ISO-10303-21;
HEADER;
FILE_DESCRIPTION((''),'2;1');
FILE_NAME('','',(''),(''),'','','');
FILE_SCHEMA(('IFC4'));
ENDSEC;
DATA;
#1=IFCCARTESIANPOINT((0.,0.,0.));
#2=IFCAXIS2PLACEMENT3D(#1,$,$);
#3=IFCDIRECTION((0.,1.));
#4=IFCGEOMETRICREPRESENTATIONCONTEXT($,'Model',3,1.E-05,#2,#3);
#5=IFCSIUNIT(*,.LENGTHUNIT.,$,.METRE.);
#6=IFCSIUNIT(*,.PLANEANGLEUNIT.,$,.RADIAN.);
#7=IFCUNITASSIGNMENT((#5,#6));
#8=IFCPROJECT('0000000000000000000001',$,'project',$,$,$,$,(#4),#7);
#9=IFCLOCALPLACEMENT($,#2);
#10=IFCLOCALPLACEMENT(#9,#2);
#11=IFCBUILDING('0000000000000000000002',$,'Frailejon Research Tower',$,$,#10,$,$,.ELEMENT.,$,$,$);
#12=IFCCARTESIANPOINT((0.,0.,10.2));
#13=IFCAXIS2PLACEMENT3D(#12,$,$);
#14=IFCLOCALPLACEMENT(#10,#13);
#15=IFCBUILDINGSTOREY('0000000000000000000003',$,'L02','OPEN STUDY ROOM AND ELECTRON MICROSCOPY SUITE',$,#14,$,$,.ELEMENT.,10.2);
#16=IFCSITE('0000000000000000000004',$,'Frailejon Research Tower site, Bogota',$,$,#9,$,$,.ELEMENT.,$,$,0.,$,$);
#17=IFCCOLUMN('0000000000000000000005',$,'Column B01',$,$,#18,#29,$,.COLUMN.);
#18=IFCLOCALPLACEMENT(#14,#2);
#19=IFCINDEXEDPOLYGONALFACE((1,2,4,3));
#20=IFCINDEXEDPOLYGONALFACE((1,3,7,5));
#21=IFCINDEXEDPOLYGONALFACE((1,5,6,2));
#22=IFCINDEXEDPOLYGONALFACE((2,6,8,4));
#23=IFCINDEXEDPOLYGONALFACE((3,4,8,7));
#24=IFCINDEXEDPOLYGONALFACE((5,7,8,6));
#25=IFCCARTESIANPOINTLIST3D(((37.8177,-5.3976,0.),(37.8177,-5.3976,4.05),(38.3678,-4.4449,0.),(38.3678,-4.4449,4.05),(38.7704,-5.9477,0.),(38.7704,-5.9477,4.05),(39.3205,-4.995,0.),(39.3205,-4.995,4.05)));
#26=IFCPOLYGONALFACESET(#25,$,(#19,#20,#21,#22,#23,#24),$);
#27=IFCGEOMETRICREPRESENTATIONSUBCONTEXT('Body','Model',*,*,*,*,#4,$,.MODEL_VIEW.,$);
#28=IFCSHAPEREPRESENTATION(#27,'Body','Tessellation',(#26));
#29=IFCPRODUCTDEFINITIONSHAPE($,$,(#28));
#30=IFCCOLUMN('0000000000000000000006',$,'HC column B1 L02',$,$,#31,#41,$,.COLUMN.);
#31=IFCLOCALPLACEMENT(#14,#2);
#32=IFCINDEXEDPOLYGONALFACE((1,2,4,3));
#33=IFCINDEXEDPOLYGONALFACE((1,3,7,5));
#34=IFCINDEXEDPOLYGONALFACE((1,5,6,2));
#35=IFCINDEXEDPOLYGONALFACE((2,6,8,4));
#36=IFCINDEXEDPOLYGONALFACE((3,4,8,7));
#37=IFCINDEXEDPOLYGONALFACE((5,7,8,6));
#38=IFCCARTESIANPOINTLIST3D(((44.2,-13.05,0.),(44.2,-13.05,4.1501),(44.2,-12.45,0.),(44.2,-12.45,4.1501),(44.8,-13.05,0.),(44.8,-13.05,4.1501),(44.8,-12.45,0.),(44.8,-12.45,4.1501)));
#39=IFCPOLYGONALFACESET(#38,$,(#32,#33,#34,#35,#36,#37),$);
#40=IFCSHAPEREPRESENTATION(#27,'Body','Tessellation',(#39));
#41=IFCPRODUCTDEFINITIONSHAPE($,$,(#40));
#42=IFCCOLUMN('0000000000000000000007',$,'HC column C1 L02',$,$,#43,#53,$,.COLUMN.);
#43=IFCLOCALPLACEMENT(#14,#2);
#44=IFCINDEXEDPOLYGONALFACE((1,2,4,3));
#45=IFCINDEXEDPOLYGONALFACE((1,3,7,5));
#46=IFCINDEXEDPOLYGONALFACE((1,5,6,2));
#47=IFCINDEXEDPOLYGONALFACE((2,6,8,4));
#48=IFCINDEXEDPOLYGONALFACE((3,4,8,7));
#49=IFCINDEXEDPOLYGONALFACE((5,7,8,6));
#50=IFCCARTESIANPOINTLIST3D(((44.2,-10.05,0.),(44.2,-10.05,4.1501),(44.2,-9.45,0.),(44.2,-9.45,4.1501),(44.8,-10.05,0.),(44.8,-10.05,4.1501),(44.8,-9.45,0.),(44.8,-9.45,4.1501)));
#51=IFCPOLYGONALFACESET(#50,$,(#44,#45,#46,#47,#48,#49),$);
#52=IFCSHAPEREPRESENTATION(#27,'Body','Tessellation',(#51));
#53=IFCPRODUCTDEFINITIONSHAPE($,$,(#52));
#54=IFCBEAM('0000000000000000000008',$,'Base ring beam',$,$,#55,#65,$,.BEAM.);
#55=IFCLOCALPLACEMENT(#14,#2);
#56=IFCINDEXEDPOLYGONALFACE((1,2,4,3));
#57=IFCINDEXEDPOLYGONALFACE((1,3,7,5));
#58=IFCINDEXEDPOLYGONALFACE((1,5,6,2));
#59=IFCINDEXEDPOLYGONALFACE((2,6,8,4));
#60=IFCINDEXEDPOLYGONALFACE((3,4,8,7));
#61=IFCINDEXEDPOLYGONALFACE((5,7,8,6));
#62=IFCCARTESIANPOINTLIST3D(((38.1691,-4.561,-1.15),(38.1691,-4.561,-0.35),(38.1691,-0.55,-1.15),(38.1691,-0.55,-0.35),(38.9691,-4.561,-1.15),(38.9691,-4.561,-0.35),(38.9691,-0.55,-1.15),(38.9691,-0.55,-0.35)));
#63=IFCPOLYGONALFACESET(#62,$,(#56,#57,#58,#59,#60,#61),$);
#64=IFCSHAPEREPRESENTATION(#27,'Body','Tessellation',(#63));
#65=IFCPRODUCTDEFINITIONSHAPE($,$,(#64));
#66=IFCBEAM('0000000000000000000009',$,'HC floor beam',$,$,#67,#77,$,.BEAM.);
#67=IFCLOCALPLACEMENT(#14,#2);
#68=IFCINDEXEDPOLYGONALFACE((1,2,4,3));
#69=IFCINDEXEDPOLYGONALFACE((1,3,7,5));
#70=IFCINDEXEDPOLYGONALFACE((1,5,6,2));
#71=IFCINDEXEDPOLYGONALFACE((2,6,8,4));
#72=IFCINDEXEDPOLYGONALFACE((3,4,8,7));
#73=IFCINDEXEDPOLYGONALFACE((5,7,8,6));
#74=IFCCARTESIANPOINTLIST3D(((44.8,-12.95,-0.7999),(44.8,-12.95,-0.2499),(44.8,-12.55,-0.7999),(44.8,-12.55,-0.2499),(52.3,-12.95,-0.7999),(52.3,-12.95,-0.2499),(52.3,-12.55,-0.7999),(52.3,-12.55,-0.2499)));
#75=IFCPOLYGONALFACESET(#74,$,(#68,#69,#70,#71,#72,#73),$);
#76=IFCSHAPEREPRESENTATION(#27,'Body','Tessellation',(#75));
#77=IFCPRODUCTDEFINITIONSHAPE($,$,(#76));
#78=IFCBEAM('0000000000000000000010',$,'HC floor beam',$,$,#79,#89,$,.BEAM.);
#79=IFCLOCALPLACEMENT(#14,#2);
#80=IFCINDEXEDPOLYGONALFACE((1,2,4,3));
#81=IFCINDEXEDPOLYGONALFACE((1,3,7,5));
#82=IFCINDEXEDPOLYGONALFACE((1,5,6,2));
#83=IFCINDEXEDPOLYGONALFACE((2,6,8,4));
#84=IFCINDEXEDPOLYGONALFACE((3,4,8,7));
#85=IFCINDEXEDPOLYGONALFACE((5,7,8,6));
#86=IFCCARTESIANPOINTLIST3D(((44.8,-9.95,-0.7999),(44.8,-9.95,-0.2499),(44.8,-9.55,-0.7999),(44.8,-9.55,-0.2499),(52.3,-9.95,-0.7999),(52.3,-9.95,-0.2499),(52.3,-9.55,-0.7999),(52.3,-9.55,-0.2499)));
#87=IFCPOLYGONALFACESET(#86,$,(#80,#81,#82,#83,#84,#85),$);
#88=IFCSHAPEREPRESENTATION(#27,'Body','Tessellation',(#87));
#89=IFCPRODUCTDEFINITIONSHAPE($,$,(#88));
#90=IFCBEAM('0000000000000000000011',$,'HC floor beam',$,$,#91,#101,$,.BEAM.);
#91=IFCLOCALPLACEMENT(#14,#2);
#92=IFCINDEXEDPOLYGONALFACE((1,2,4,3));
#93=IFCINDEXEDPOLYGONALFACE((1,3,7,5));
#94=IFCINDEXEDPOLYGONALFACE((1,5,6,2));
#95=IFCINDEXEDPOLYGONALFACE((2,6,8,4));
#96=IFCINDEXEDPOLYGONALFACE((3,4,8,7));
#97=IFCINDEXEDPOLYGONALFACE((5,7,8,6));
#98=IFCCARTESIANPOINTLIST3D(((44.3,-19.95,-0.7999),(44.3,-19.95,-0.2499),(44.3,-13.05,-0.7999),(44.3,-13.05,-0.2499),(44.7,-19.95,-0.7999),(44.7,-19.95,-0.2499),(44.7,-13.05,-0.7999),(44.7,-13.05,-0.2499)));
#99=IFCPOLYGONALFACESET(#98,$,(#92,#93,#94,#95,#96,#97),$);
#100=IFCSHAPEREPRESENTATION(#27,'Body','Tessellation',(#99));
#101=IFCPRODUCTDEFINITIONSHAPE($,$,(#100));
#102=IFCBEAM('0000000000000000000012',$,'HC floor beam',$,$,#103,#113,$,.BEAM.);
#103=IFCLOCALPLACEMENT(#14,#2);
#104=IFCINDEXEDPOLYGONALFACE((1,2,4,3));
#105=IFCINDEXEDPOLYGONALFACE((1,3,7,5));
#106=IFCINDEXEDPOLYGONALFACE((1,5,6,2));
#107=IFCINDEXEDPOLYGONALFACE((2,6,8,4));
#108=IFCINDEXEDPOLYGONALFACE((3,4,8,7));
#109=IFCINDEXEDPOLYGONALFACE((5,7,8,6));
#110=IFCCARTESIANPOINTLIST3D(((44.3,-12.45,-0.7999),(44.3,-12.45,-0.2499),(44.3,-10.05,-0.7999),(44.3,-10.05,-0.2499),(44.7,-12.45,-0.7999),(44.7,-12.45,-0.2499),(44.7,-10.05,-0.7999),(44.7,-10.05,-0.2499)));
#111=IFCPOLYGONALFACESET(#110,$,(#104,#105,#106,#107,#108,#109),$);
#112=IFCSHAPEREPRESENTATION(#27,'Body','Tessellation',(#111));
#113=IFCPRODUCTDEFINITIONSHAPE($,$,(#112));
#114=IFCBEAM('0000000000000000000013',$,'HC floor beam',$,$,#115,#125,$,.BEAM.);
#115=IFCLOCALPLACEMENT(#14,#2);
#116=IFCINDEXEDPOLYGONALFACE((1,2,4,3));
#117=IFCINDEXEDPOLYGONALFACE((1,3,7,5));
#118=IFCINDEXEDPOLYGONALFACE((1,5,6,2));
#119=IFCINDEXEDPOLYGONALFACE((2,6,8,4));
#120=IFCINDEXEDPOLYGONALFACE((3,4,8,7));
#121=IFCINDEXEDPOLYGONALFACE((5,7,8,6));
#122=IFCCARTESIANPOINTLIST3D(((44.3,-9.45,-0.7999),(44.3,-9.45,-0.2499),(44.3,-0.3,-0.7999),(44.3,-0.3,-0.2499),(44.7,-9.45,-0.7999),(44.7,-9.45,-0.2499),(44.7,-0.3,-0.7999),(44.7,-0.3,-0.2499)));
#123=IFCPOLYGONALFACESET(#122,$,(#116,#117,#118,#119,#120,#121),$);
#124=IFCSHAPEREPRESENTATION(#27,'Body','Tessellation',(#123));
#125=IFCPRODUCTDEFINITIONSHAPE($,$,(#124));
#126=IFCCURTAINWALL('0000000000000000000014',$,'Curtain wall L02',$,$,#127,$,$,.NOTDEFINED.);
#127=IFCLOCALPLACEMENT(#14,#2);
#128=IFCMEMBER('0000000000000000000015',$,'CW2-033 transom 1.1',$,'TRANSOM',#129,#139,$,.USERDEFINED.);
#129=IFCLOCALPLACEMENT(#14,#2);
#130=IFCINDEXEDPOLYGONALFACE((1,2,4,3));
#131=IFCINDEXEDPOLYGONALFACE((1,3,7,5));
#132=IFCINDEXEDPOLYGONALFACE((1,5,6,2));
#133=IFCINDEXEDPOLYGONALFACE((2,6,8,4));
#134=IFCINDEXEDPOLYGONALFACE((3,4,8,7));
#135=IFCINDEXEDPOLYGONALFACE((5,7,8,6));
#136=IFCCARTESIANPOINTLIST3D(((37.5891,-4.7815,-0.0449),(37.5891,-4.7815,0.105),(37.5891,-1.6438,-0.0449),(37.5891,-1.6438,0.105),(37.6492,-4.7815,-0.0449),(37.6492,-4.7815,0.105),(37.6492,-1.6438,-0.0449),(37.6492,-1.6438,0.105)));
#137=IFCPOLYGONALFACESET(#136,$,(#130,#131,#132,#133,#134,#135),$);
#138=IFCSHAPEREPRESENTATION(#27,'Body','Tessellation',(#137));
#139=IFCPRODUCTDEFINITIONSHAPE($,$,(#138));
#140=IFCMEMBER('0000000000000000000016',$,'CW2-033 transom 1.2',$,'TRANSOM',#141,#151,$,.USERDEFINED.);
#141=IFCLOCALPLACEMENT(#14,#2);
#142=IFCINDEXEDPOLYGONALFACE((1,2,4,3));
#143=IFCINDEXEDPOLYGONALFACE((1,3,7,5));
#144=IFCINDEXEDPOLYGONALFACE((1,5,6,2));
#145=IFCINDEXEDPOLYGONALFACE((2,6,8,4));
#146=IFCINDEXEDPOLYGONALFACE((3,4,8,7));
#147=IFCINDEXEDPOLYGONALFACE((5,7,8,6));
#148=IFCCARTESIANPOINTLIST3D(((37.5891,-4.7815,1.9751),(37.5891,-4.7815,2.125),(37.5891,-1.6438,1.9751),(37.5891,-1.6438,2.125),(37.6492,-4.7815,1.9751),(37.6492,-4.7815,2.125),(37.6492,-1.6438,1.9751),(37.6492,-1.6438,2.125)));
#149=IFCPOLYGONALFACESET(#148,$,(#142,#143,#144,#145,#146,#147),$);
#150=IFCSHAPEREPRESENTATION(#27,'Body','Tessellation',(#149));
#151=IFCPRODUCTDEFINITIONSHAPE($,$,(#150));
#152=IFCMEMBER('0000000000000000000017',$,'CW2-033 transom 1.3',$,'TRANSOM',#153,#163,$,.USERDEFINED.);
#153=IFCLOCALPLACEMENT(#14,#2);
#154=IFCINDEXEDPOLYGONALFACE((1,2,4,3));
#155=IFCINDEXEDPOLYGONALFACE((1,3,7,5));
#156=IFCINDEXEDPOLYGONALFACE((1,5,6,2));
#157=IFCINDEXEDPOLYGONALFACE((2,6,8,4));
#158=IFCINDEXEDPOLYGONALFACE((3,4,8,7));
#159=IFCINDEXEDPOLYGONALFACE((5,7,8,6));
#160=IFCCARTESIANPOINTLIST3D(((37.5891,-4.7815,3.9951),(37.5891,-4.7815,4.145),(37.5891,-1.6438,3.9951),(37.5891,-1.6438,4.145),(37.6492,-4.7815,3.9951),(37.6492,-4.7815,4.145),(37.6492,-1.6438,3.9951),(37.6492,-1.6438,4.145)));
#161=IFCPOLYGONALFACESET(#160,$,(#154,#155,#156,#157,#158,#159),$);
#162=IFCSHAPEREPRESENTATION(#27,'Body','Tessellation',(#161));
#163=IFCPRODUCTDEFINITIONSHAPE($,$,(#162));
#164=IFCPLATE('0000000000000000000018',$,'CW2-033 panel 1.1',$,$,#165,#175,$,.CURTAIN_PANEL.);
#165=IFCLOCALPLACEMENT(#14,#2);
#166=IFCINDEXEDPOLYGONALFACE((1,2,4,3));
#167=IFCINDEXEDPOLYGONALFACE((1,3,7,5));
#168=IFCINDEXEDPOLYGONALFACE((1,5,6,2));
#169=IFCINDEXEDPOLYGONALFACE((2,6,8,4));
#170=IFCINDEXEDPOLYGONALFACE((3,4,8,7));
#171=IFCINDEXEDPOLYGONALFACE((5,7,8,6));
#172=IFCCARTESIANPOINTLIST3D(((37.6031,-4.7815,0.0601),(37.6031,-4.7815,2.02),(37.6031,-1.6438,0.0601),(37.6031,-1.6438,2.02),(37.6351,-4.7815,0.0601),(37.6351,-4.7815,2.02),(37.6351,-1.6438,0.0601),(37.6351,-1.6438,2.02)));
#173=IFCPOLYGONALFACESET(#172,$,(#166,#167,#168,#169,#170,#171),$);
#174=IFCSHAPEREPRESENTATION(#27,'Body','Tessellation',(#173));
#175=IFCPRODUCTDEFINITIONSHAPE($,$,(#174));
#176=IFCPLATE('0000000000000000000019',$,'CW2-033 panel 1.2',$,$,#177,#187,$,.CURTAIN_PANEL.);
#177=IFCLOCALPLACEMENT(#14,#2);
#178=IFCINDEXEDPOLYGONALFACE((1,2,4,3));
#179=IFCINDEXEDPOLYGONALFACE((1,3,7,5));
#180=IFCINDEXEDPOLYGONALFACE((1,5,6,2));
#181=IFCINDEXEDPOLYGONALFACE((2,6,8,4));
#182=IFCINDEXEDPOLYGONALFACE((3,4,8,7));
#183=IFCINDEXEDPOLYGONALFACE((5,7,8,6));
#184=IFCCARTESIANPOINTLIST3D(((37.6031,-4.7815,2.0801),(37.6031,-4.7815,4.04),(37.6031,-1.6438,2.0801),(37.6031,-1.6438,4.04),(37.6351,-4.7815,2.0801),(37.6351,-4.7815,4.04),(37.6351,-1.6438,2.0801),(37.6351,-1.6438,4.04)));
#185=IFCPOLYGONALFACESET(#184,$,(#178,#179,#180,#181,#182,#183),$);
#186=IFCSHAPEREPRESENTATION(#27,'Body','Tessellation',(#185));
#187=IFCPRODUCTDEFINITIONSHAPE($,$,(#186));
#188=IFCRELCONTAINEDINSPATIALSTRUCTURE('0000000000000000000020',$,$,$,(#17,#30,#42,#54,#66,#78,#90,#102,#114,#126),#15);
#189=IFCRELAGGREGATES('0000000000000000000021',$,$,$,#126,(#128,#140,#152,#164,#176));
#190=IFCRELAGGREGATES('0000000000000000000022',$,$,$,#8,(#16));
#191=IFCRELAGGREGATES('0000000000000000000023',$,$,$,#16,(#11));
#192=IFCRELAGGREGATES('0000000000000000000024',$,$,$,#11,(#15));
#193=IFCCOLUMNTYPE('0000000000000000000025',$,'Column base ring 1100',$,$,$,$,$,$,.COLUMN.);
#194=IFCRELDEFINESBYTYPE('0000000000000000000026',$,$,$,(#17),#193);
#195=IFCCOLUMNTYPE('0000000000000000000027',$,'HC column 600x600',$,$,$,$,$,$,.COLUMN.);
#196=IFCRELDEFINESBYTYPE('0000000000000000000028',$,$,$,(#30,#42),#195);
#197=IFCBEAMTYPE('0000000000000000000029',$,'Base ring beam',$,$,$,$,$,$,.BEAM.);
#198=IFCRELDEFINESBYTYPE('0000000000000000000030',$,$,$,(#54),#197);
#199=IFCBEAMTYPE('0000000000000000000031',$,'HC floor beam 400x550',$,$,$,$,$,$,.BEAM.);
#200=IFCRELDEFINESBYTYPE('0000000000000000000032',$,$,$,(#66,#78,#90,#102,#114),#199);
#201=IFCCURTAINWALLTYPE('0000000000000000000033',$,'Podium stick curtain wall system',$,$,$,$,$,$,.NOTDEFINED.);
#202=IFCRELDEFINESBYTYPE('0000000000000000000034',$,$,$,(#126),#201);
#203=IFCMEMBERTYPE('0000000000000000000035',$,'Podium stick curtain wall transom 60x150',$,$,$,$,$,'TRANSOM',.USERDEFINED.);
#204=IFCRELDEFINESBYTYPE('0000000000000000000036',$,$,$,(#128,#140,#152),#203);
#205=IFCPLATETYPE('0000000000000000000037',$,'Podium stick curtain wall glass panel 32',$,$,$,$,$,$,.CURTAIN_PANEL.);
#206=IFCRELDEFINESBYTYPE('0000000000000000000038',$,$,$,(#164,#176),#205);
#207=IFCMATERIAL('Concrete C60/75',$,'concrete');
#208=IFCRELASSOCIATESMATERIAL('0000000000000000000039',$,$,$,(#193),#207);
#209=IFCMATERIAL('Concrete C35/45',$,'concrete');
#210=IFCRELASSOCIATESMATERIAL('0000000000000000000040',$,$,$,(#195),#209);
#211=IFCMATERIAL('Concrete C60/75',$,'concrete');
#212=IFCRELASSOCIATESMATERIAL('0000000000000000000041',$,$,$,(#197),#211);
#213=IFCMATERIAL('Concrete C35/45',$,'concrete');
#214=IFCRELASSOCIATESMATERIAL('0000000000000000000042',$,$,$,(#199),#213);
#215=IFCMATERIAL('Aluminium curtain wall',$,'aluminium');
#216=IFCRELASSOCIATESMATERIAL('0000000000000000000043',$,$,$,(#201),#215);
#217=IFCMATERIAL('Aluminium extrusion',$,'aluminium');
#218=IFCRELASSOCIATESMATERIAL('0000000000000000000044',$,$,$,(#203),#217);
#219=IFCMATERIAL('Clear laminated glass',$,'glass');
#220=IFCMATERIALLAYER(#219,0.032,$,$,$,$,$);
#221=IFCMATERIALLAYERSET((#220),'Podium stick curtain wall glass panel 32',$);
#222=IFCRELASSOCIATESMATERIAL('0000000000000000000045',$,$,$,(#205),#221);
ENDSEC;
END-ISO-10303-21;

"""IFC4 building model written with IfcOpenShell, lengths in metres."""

from ifc_helpers import new_model, si_unit, direction, frame, origin, origin_2d, place, context, subcontext, project, spatial, rectangle, extrude, material, layer, layer_set, material_profile, profile_set, type_object, element, aggregate, save


model = new_model("IFC4")

# Units and contexts
model_context = context("Model", 3, precision=1e-05, world=origin(), true_north=direction((0.0, 1.0)))
body_context = subcontext(model_context, "Body", "Model", "MODEL_VIEW")
ifc_project = project(units=[si_unit("LENGTHUNIT", "METRE"), si_unit("PLANEANGLEUNIT", "RADIAN")], contexts=[model_context])

# Site, building, storey
site_placement = place(None, origin())
site = spatial("IfcSite", under=ifc_project, at=site_placement, Name="Frailejon Research Tower site, Bogota", CompositionType="ELEMENT", RefElevation=0.0)
building_placement = place(site_placement, origin())
building = spatial("IfcBuilding", under=site, at=building_placement, Name="Frailejon Research Tower", CompositionType="ELEMENT")
storey_placement = place(building_placement, frame((0.0, 0.0, 10.2)))
storey = spatial("IfcBuildingStorey", under=building, at=storey_placement, Name="L02", Description="OPEN STUDY ROOM AND ELECTRON MICROSCOPY SUITE", CompositionType="ELEMENT", Elevation=10.2)

# Columns
ifc_material_1 = material(Name="Concrete C60/75", Category="concrete")
ifc_material_profile_1 = material_profile(ifc_material_1, rectangle(XDim=1.1001, YDim=1.1001, at=origin_2d()), Name="Column base ring 1100")
ifc_profile_set_1 = profile_set([ifc_material_profile_1], Name="Concrete C60/75")
column_type_1 = type_object("IfcColumnType", Name="Column base ring 1100", PredefinedType="COLUMN", material=ifc_profile_set_1)
column_placement = place(storey_placement, frame((38.5691, -5.1963, 0.0), z_axis=(0.0, 0.0, 1.0), x_axis=(0.5, 0.866025, 0.0)))
element("IfcColumn", 1, at=column_placement, inside=storey, type_object=column_type_1, Name="Column B01", PredefinedType="COLUMN", context=body_context, shape_type="SweptSolid", body=[
    extrude(rectangle(XDim=1.1001, YDim=1.1001, at=origin_2d()), origin(), (0.0, 0.0, 1.0), 4.05),
])
ifc_material_2 = material(Name="Concrete C35/45", Category="concrete")
ifc_material_profile_2 = material_profile(ifc_material_2, rectangle(XDim=0.6001, YDim=0.6001, at=origin_2d()), Name="HC column 600x600")
ifc_profile_set_2 = profile_set([ifc_material_profile_2], Name="Concrete C35/45")
column_type_2 = type_object("IfcColumnType", Name="HC column 600x600", PredefinedType="COLUMN", material=ifc_profile_set_2)
for number, where, z_axis, x_axis, name in (
    (2, (44.5, -12.75, 0.0), (0.0, 0.0, 1.0), (1.0, 0.0, 0.0), "HC column B1 L02"),
    (3, (44.5, -9.75, 0.0), (0.0, 0.0, 1.0), (1.0, 0.0, 0.0), "HC column C1 L02"),
):
    element("IfcColumn", number, at=place(storey_placement, frame(where, z_axis=z_axis, x_axis=x_axis)), inside=storey, type_object=column_type_2, Name=name, PredefinedType="COLUMN", context=body_context, shape_type="SweptSolid", body=[
        extrude(rectangle(XDim=0.6001, YDim=0.6001, at=origin_2d()), origin(), (0.0, 0.0, 1.0), 4.1501),
    ])

# Beams
ifc_material_3 = material(Name="Concrete C60/75", Category="concrete")
ifc_material_profile_3 = material_profile(ifc_material_3, rectangle(XDim=0.8, YDim=0.8, at=origin_2d()), Name="Base ring beam")
ifc_profile_set_3 = profile_set([ifc_material_profile_3], Name="Concrete C60/75")
beam_type_1 = type_object("IfcBeamType", Name="Base ring beam", PredefinedType="BEAM", material=ifc_profile_set_3)
beam_1_placement = place(storey_placement, frame((38.5691, -4.561, -0.75), z_axis=(0.0, 1.0, 0.0), x_axis=(-1.0, 0.0, 0.0)))
element("IfcBeam", 4, at=beam_1_placement, inside=storey, type_object=beam_type_1, Name="Base ring beam", PredefinedType="BEAM", context=body_context, shape_type="SweptSolid", body=[
    extrude(rectangle(XDim=0.8, YDim=0.8, at=origin_2d()), origin(), (0.0, 0.0, 1.0), 4.011),
])
ifc_material_4 = material(Name="Concrete C35/45", Category="concrete")
ifc_material_profile_4 = material_profile(ifc_material_4, rectangle(XDim=0.3999, YDim=0.55, at=origin_2d()), Name="HC floor beam 400x550")
ifc_profile_set_4 = profile_set([ifc_material_profile_4], Name="Concrete C35/45")
beam_type_2 = type_object("IfcBeamType", Name="HC floor beam 400x550", PredefinedType="BEAM", material=ifc_profile_set_4)
for number, where, z_axis, x_axis, name in (
    (5, (44.8, -12.75, -0.5249), (1.0, 0.0, 0.0), (0.0, 1.0, 0.0), "HC floor beam"),
    (6, (44.8, -9.75, -0.5249), (1.0, 0.0, 0.0), (0.0, 1.0, 0.0), "HC floor beam"),
):
    element("IfcBeam", number, at=place(storey_placement, frame(where, z_axis=z_axis, x_axis=x_axis)), inside=storey, type_object=beam_type_2, Name=name, PredefinedType="BEAM", context=body_context, shape_type="SweptSolid", body=[
        extrude(rectangle(XDim=0.3999, YDim=0.55, at=origin_2d()), origin(), (0.0, 0.0, 1.0), 7.5),
    ])
beam_2_placement = place(storey_placement, frame((44.5, -19.95, -0.5249), z_axis=(0.0, 1.0, 0.0), x_axis=(-1.0, 0.0, 0.0)))
element("IfcBeam", 7, at=beam_2_placement, inside=storey, type_object=beam_type_2, Name="HC floor beam", PredefinedType="BEAM", context=body_context, shape_type="SweptSolid", body=[
    extrude(rectangle(XDim=0.3999, YDim=0.55, at=origin_2d()), origin(), (0.0, 0.0, 1.0), 6.8999),
])
beam_3_placement = place(storey_placement, frame((44.5, -12.45, -0.5249), z_axis=(0.0, 1.0, 0.0), x_axis=(-1.0, 0.0, 0.0)))
element("IfcBeam", 8, at=beam_3_placement, inside=storey, type_object=beam_type_2, Name="HC floor beam", PredefinedType="BEAM", context=body_context, shape_type="SweptSolid", body=[
    extrude(rectangle(XDim=0.3999, YDim=0.55, at=origin_2d()), origin(), (0.0, 0.0, 1.0), 2.3999),
])
beam_4_placement = place(storey_placement, frame((44.5, -9.45, -0.5249), z_axis=(0.0, 1.0, 0.0), x_axis=(-1.0, 0.0, 0.0)))
element("IfcBeam", 9, at=beam_4_placement, inside=storey, type_object=beam_type_2, Name="HC floor beam", PredefinedType="BEAM", context=body_context, shape_type="SweptSolid", body=[
    extrude(rectangle(XDim=0.3999, YDim=0.55, at=origin_2d()), origin(), (0.0, 0.0, 1.0), 9.1499),
])

# Curtain wall, members, plates
ifc_material_5 = material(Name="Aluminium curtain wall", Category="aluminium")
curtain_wall_type = type_object("IfcCurtainWallType", Name="Podium stick curtain wall system", PredefinedType="NOTDEFINED", material=ifc_material_5)
curtain_wall_placement = place(storey_placement, origin())
curtain_wall = element("IfcCurtainWall", 10, at=curtain_wall_placement, inside=storey, type_object=curtain_wall_type, Name="Curtain wall L02", PredefinedType="NOTDEFINED")
ifc_material_6 = material(Name="Aluminium extrusion", Category="aluminium")
ifc_material_profile_5 = material_profile(ifc_material_6, rectangle(XDim=0.0601, YDim=0.1499, at=origin_2d()), Name="Podium stick curtain wall transom 60x150")
ifc_profile_set_5 = profile_set([ifc_material_profile_5], Name="Aluminium extrusion")
member_type = type_object("IfcMemberType", Name="Podium stick curtain wall transom 60x150", ElementType="TRANSOM", PredefinedType="USERDEFINED", material=ifc_profile_set_5)
member_1_placement = place(storey_placement, frame((37.6191, -4.7815, 0.03), z_axis=(0.0, 1.0, 0.0), x_axis=(-1.0, 0.0, 0.0)))
member_1 = element("IfcMember", 11, at=member_1_placement, type_object=member_type, Name="CW2-033 transom 1.1", ObjectType="TRANSOM", PredefinedType="USERDEFINED", context=body_context, shape_type="SweptSolid", body=[
    extrude(rectangle(XDim=0.0601, YDim=0.1499, at=origin_2d()), origin(), (0.0, 0.0, 1.0), 3.1377),
])
member_2_placement = place(storey_placement, frame((37.6191, -4.7815, 2.05), z_axis=(0.0, 1.0, 0.0), x_axis=(-1.0, 0.0, 0.0)))
member_2 = element("IfcMember", 12, at=member_2_placement, type_object=member_type, Name="CW2-033 transom 1.2", ObjectType="TRANSOM", PredefinedType="USERDEFINED", context=body_context, shape_type="SweptSolid", body=[
    extrude(rectangle(XDim=0.0601, YDim=0.1499, at=origin_2d()), origin(), (0.0, 0.0, 1.0), 3.1377),
])
member_3_placement = place(storey_placement, frame((37.6191, -4.7815, 4.0701), z_axis=(0.0, 1.0, 0.0), x_axis=(-1.0, 0.0, 0.0)))
member_3 = element("IfcMember", 13, at=member_3_placement, type_object=member_type, Name="CW2-033 transom 1.3", ObjectType="TRANSOM", PredefinedType="USERDEFINED", context=body_context, shape_type="SweptSolid", body=[
    extrude(rectangle(XDim=0.0601, YDim=0.1499, at=origin_2d()), origin(), (0.0, 0.0, 1.0), 3.1377),
])
ifc_material_7 = material(Name="Clear laminated glass", Category="glass")
ifc_layer_1 = layer(ifc_material_7, 0.032)
ifc_layer_set_1 = layer_set([ifc_layer_1], Name="Podium stick curtain wall glass panel 32")
plate_type = type_object("IfcPlateType", Name="Podium stick curtain wall glass panel 32", PredefinedType="CURTAIN_PANEL", material=ifc_layer_set_1)
plate_1_placement = place(storey_placement, frame((37.6191, -3.2126, 0.0601), z_axis=(0.0, 0.0, 1.0), x_axis=(0.0, 1.0, 0.0)))
plate_1 = element("IfcPlate", 14, at=plate_1_placement, type_object=plate_type, Name="CW2-033 panel 1.1", PredefinedType="CURTAIN_PANEL", context=body_context, shape_type="SweptSolid", body=[
    extrude(rectangle(XDim=3.1377, YDim=0.032, at=origin_2d()), origin(), (0.0, 0.0, 1.0), 1.96),
])
plate_2_placement = place(storey_placement, frame((37.6191, -3.2126, 2.0801), z_axis=(0.0, 0.0, 1.0), x_axis=(0.0, 1.0, 0.0)))
plate_2 = element("IfcPlate", 15, at=plate_2_placement, type_object=plate_type, Name="CW2-033 panel 1.2", PredefinedType="CURTAIN_PANEL", context=body_context, shape_type="SweptSolid", body=[
    extrude(rectangle(XDim=3.1377, YDim=0.032, at=origin_2d()), origin(), (0.0, 0.0, 1.0), 1.96),
])
aggregate(curtain_wall, [member_1, member_2, member_3, plate_1, plate_2])

save(model, "model.ifc")
